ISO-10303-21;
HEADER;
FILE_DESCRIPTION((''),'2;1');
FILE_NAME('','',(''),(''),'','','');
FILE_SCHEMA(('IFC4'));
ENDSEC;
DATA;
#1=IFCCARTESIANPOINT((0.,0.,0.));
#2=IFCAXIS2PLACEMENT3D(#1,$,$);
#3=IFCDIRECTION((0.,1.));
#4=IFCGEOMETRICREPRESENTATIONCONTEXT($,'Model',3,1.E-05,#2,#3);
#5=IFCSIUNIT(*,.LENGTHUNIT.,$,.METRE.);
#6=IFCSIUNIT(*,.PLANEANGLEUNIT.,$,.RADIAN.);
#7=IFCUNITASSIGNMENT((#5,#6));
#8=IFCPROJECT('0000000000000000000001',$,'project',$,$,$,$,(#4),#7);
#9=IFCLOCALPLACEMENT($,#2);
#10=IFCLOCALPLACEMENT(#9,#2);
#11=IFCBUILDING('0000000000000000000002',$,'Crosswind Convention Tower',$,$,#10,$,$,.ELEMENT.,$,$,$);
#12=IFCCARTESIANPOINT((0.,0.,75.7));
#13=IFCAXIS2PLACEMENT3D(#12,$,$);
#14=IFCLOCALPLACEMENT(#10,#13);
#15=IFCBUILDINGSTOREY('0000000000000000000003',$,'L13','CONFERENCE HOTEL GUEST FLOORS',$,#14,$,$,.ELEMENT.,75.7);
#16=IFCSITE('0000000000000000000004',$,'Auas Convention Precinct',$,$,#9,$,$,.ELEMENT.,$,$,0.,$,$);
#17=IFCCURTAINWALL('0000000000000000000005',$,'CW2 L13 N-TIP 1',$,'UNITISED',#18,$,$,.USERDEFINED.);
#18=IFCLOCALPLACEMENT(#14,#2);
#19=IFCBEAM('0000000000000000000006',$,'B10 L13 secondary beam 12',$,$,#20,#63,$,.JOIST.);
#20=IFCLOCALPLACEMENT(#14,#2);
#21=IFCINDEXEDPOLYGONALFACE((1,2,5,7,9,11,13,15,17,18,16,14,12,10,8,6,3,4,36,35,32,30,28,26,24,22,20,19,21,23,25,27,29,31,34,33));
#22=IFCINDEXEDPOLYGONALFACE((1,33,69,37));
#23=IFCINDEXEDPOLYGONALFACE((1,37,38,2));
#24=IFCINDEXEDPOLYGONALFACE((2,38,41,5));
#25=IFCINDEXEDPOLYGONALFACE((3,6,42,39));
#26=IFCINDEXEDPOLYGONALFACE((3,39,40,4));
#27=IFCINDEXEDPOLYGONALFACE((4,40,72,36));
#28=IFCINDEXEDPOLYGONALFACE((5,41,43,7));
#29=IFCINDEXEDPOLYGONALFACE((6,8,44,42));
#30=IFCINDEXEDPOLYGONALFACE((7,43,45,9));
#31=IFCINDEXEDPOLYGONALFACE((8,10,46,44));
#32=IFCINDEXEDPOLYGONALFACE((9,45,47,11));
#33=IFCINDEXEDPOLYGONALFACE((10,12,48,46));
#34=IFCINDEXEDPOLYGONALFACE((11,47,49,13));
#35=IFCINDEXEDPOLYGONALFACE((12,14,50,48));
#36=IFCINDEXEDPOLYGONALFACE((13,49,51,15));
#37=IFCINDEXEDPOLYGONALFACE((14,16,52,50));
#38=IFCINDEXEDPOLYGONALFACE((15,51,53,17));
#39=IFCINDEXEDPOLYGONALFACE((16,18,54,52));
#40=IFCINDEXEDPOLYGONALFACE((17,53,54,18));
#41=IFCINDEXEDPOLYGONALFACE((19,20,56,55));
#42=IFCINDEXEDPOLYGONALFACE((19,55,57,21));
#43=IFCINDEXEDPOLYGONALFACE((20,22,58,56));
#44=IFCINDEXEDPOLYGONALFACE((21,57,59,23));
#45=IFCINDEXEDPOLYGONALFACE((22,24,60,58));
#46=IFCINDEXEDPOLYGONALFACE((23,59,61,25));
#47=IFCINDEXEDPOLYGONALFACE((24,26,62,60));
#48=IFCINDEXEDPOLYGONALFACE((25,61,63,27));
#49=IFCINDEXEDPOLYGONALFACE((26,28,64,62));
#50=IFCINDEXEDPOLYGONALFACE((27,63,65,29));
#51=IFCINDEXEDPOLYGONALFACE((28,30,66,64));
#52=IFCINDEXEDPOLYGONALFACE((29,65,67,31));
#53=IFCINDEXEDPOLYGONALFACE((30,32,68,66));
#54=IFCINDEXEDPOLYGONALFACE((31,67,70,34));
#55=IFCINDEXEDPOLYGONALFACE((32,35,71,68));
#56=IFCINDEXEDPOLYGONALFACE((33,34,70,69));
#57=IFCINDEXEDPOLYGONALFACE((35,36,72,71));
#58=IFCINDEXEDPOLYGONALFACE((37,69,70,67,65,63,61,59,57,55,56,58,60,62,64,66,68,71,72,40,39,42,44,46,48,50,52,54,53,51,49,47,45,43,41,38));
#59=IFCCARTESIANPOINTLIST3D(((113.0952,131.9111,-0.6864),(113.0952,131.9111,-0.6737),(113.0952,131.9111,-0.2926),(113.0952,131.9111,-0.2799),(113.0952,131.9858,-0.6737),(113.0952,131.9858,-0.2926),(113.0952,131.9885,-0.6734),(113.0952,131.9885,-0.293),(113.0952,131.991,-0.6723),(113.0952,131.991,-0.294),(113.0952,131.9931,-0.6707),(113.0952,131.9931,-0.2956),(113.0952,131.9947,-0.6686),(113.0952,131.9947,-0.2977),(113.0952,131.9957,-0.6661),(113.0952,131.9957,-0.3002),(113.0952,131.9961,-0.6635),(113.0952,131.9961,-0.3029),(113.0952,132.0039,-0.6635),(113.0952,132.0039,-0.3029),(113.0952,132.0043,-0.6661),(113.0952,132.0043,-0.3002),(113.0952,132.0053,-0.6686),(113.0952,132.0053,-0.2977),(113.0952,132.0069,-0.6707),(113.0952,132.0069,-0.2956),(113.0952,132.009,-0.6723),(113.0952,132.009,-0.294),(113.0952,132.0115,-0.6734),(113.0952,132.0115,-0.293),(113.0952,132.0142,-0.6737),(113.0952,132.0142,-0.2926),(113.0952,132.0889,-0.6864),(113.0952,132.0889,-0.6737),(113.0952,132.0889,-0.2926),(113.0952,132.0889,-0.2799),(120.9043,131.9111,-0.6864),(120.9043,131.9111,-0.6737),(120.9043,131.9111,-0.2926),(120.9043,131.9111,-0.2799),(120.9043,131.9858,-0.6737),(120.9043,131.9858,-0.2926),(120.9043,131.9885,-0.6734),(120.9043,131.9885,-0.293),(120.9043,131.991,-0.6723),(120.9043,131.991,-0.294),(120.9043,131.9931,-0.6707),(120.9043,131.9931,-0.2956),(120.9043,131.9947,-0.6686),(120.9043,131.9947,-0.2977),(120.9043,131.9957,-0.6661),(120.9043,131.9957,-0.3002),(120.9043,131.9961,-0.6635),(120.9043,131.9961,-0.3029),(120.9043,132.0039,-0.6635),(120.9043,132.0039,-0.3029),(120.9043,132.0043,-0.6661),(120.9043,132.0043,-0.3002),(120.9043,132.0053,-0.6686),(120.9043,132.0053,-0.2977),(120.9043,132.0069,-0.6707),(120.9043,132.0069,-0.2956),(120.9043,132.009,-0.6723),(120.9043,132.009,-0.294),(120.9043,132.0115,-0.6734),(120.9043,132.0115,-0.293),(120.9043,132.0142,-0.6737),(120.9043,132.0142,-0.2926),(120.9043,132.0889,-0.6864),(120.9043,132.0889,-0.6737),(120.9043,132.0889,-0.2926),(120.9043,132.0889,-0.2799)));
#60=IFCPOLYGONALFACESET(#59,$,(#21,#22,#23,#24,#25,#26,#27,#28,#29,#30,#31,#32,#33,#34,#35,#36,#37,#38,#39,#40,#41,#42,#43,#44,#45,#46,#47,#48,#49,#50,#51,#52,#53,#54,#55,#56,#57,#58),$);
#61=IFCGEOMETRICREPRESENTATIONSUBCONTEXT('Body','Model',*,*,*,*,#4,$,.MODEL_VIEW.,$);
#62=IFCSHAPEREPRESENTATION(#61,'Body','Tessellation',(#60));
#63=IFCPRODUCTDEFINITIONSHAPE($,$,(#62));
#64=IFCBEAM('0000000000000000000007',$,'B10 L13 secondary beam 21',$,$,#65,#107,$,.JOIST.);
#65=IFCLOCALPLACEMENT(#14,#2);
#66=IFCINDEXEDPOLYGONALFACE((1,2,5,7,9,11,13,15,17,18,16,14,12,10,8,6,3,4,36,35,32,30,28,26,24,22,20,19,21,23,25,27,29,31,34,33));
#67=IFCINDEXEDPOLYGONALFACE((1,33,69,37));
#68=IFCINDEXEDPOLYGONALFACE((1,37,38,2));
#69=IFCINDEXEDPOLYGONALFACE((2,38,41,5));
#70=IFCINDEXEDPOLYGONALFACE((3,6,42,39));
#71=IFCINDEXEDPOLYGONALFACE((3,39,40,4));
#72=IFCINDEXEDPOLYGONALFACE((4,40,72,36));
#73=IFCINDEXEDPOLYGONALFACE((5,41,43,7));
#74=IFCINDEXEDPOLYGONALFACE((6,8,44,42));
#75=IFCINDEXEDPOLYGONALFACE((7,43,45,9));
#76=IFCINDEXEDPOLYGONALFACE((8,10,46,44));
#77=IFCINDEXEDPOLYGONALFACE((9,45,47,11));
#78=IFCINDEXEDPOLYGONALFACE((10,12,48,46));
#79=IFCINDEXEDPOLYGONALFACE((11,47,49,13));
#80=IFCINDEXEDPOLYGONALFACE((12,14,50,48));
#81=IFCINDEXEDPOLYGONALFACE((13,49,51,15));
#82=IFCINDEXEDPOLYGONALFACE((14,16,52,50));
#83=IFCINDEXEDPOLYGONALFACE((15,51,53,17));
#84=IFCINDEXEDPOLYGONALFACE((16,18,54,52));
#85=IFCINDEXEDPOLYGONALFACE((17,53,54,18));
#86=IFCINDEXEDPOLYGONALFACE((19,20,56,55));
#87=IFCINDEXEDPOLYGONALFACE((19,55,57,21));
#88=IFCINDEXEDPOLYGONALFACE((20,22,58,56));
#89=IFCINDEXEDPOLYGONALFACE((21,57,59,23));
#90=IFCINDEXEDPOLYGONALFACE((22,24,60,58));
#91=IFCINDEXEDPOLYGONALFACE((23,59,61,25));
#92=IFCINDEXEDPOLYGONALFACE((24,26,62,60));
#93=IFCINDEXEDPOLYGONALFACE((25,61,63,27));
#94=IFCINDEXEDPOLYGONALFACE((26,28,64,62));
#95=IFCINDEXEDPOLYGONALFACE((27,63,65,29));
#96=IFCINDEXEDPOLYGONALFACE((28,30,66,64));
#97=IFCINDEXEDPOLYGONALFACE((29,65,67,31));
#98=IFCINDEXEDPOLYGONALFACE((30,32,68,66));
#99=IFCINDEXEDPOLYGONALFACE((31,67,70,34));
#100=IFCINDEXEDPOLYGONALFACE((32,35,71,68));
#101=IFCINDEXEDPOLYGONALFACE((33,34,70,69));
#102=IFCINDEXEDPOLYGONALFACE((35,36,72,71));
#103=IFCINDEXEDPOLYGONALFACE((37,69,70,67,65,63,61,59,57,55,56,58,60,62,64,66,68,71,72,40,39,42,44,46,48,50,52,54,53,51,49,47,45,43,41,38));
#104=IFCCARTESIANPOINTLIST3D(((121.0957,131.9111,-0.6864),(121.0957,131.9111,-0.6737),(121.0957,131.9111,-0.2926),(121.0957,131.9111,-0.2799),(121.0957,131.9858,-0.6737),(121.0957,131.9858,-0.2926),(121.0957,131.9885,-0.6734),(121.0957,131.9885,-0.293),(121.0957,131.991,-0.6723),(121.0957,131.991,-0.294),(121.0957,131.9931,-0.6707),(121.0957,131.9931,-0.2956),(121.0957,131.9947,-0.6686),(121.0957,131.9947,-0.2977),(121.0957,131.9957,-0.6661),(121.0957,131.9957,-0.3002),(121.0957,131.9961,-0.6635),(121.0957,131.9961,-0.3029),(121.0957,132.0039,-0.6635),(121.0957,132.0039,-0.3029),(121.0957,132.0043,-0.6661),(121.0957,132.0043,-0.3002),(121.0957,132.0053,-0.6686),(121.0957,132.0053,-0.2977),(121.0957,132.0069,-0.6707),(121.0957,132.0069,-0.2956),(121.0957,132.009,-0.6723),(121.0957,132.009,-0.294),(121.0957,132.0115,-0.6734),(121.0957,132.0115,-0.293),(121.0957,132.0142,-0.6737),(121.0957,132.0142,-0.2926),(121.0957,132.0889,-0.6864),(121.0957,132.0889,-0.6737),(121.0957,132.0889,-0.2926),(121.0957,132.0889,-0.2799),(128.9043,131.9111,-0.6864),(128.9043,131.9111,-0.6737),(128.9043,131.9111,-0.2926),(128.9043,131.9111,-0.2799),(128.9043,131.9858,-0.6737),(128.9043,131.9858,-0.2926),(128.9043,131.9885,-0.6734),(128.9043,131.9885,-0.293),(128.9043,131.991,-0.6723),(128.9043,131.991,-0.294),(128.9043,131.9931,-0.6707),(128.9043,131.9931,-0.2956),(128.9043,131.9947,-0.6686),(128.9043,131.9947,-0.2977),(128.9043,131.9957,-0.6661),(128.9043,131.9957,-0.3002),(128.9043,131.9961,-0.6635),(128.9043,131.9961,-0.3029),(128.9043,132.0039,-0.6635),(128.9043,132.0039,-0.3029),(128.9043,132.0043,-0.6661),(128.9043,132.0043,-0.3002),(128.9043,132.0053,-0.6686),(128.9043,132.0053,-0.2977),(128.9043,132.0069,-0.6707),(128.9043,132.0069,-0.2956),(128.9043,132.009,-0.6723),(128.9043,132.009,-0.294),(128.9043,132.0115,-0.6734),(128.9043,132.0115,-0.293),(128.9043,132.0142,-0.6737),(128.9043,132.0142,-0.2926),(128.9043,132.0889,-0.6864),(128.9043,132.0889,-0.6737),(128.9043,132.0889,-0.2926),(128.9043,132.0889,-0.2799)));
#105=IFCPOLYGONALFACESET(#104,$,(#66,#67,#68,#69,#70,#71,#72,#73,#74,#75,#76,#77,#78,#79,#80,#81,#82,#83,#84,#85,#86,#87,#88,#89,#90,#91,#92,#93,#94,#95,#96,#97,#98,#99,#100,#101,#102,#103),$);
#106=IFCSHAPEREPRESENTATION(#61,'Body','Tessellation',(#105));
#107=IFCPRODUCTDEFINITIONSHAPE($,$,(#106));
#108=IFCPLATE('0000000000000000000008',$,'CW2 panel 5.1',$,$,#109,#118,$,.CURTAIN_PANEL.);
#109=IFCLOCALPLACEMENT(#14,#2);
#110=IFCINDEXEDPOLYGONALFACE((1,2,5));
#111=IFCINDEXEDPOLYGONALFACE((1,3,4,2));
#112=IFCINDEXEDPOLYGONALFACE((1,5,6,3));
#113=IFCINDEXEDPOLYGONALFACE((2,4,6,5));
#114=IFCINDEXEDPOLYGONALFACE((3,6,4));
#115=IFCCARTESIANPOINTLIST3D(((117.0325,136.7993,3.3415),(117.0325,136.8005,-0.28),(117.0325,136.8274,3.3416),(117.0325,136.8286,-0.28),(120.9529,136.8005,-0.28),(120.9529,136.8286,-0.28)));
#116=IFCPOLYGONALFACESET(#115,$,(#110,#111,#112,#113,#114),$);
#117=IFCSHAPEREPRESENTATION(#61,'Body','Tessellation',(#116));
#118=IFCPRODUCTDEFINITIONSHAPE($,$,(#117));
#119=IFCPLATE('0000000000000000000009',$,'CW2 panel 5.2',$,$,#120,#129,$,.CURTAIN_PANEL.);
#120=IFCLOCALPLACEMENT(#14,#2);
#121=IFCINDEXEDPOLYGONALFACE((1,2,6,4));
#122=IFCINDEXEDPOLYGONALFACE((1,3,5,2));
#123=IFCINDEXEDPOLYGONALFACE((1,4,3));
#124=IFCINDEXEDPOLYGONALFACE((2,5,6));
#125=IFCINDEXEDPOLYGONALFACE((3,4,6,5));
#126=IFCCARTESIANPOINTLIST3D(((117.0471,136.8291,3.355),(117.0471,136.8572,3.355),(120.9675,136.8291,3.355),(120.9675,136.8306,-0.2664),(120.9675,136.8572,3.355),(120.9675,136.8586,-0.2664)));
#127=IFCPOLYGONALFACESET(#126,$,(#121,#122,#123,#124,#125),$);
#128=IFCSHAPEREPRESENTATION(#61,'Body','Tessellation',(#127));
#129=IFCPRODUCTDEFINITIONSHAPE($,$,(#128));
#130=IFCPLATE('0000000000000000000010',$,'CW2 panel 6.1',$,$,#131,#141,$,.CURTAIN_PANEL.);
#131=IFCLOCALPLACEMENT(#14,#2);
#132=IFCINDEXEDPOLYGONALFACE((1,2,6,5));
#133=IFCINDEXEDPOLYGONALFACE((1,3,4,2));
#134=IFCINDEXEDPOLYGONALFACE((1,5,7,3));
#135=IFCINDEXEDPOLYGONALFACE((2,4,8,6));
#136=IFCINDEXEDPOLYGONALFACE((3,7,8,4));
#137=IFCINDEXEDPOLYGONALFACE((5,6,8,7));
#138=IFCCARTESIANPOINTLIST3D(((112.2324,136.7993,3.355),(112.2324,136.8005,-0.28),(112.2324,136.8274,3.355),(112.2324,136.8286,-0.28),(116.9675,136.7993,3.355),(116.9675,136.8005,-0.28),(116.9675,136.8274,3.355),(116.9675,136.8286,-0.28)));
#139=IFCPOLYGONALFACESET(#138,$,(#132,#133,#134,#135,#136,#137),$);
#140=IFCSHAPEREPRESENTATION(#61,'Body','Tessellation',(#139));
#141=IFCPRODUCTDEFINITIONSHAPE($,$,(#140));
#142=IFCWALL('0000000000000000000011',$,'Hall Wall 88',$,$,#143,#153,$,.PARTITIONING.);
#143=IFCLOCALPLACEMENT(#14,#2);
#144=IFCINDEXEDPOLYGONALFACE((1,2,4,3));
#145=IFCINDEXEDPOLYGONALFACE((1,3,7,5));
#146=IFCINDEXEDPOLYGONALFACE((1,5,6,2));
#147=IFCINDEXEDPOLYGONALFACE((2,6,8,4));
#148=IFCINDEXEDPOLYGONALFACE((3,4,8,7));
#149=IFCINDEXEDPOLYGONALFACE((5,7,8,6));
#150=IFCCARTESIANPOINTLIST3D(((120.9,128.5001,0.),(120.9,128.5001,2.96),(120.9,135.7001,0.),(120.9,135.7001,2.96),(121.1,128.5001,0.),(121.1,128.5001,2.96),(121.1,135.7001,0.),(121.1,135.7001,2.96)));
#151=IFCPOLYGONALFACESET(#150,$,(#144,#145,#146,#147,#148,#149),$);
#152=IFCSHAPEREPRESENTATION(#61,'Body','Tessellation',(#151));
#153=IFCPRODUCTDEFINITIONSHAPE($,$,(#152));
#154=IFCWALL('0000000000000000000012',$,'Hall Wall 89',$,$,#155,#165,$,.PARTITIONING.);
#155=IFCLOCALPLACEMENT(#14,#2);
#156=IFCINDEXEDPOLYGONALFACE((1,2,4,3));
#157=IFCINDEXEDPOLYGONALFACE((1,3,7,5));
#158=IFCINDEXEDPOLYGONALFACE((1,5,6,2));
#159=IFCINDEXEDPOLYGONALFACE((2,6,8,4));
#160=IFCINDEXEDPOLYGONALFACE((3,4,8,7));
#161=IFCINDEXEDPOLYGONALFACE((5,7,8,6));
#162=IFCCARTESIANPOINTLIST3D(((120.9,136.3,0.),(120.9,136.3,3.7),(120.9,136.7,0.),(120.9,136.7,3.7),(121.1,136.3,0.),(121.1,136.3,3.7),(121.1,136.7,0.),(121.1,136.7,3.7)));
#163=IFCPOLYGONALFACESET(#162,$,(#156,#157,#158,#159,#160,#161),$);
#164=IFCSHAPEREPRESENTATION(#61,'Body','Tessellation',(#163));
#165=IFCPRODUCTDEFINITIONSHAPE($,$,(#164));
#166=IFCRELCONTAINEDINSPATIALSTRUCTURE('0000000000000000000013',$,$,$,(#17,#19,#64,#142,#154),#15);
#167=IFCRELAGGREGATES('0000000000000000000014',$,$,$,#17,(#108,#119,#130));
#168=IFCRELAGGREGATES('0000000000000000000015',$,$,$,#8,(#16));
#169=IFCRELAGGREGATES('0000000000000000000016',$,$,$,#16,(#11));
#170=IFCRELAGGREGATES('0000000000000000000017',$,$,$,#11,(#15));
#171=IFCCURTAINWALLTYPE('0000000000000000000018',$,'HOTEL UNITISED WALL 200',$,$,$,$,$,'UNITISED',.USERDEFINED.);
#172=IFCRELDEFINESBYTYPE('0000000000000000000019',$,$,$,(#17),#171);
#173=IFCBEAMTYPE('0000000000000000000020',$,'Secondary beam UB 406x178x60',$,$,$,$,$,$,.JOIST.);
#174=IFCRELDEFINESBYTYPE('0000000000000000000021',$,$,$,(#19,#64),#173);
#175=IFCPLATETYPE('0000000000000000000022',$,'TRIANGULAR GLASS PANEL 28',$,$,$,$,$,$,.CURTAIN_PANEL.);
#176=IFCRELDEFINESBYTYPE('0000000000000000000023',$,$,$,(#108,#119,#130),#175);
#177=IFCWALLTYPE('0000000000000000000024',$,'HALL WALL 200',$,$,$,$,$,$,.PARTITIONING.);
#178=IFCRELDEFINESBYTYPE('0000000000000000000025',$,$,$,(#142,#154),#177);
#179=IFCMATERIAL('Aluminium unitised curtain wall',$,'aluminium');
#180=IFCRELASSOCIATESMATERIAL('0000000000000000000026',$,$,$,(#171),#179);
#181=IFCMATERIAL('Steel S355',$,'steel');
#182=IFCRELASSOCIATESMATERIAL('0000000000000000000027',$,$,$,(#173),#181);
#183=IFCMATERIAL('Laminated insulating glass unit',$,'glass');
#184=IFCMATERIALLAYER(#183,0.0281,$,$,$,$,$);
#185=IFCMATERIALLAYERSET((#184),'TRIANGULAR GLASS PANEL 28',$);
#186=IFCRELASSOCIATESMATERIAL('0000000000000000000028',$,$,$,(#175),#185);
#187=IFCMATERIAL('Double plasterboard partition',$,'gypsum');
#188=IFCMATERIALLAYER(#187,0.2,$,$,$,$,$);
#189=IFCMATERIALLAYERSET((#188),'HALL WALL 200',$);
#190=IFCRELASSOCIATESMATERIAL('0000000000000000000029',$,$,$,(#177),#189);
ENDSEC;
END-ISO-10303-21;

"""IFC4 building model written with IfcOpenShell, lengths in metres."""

from ifc_helpers import new_model, si_unit, direction, frame, frame_2d, origin, origin_2d, place, context, subcontext, project, spatial, polyline, rectangle, i_section, outline, extrude, material, layer, layer_set, material_profile, profile_set, type_object, element, aggregate, save


model = new_model("IFC4")

# Units and contexts
model_context = context("Model", 3, precision=1e-05, world=origin(), true_north=direction((0.0, 1.0)))
body_context = subcontext(model_context, "Body", "Model", "MODEL_VIEW")
ifc_project = project(units=[si_unit("LENGTHUNIT", "METRE"), si_unit("PLANEANGLEUNIT", "RADIAN")], contexts=[model_context])

# Site, building, storey
site_placement = place(None, origin())
site = spatial("IfcSite", under=ifc_project, at=site_placement, Name="Auas Convention Precinct", CompositionType="ELEMENT", RefElevation=0.0)
building_placement = place(site_placement, origin())
building = spatial("IfcBuilding", under=site, at=building_placement, Name="Crosswind Convention Tower", CompositionType="ELEMENT")
storey_placement = place(building_placement, frame((0.0, 0.0, 75.7)))
storey = spatial("IfcBuildingStorey", under=building, at=storey_placement, Name="L13", Description="CONFERENCE HOTEL GUEST FLOORS", CompositionType="ELEMENT", Elevation=75.7)

# Shared definitions
ifc_material_1 = material(Name="Steel S355", Category="steel")

# Curtain wall
ifc_material_2 = material(Name="Aluminium unitised curtain wall", Category="aluminium")
curtain_wall_type = type_object("IfcCurtainWallType", Name="HOTEL UNITISED WALL 200", ElementType="UNITISED", PredefinedType="USERDEFINED", material=ifc_material_2)
curtain_wall_placement = place(storey_placement, origin())
curtain_wall = element("IfcCurtainWall", 1, at=curtain_wall_placement, inside=storey, type_object=curtain_wall_type, Name="CW2 L13 N-TIP 1", ObjectType="UNITISED", PredefinedType="USERDEFINED")

# Beams
ifc_material_profile_1 = material_profile(ifc_material_1, i_section(OverallWidth=0.1777, OverallDepth=0.4065, WebThickness=0.0078, FlangeThickness=0.0127, FilletRadius=0.0103, at=origin_2d()), Name="UB 406x178x60")
ifc_profile_set_1 = profile_set([ifc_material_profile_1], Name="Steel S355")
beam_type_1 = type_object("IfcBeamType", Name="Secondary beam UB 406x178x60", PredefinedType="JOIST", material=ifc_profile_set_1)
beam_1_placement = place(storey_placement, frame((113.0952, 132.0, -0.4832), z_axis=(1.0, 0.0, 0.0), x_axis=(0.0, 1.0, 0.0)))
element("IfcBeam", 2, at=beam_1_placement, inside=storey, type_object=beam_type_1, Name="B10 L13 secondary beam 12", PredefinedType="JOIST", context=body_context, shape_type="SweptSolid", body=[
    extrude(i_section(OverallWidth=0.1777, OverallDepth=0.4065, WebThickness=0.0078, FlangeThickness=0.0127, FilletRadius=0.0103, at=origin_2d()), origin(), (0.0, 0.0, 1.0), 7.8091),
])
beam_2_placement = place(storey_placement, frame((121.0957, 132.0, -0.4832), z_axis=(1.0, 0.0, 0.0), x_axis=(0.0, 1.0, 0.0)))
element("IfcBeam", 3, at=beam_2_placement, inside=storey, type_object=beam_type_1, Name="B10 L13 secondary beam 21", PredefinedType="JOIST", context=body_context, shape_type="SweptSolid", body=[
    extrude(i_section(OverallWidth=0.1777, OverallDepth=0.4065, WebThickness=0.0078, FlangeThickness=0.0127, FilletRadius=0.0103, at=origin_2d()), origin(), (0.0, 0.0, 1.0), 7.8086),
])

# Plates
ifc_material_3 = material(Name="Laminated insulating glass unit", Category="glass")
ifc_layer_1 = layer(ifc_material_3, 0.0281)
ifc_layer_set_1 = layer_set([ifc_layer_1], Name="TRIANGULAR GLASS PANEL 28")
plate_type = type_object("IfcPlateType", Name="TRIANGULAR GLASS PANEL 28", PredefinedType="CURTAIN_PANEL", material=ifc_layer_set_1)
plate_1_placement = place(storey_placement, frame((117.0325, 136.8286, -0.28), z_axis=(0.0, 1.0, 0.000337), x_axis=(0.0, -0.000337, 1.0)))
plate_1 = element("IfcPlate", 4, at=plate_1_placement, type_object=plate_type, Name="CW2 panel 5.1", PredefinedType="CURTAIN_PANEL", context=body_context, shape_type="SweptSolid", body=[
    extrude(outline(polyline([(0.0, 0.0), (3.6216, 0.0), (0.0, 3.9204), (0.0, 0.0)])), origin(), (0.0, 0.0, -1.0), 0.0281),
])
plate_2_placement = place(storey_placement, frame((120.9675, 136.8572, 3.355), z_axis=(0.0, 1.0, 0.000405), x_axis=(0.0, 0.000405, -1.0)))
plate_2 = element("IfcPlate", 5, at=plate_2_placement, type_object=plate_type, Name="CW2 panel 5.2", PredefinedType="CURTAIN_PANEL", context=body_context, shape_type="SweptSolid", body=[
    extrude(outline(polyline([(0.0, 0.0), (3.6213, 0.0), (0.0, 3.9204), (0.0, 0.0)])), origin(), (0.0, 0.0, -1.0), 0.0281),
])
plate_3_placement = place(storey_placement, frame((116.9675, 136.8286, -0.28), z_axis=(0.0, 1.0, 0.000336), x_axis=(-1.0, 0.0, 0.0)))
plate_3 = element("IfcPlate", 6, at=plate_3_placement, type_object=plate_type, Name="CW2 panel 6.1", PredefinedType="CURTAIN_PANEL", context=body_context, shape_type="SweptSolid", body=[
    extrude(outline(polyline([(0.0, 0.0), (4.7351, 0.0), (4.7351, 3.635), (0.0, 3.635), (0.0, 0.0)])), origin(), (0.0, 0.0, -1.0), 0.0281),
])
aggregate(curtain_wall, [plate_1, plate_2, plate_3])

# Walls
ifc_material_4 = material(Name="Double plasterboard partition", Category="gypsum")
ifc_layer_2 = layer(ifc_material_4, 0.2)
ifc_layer_set_2 = layer_set([ifc_layer_2], Name="HALL WALL 200")
wall_type_1 = type_object("IfcWallType", Name="HALL WALL 200", PredefinedType="PARTITIONING", material=ifc_layer_set_2)
wall_1_placement = place(storey_placement, frame((121.0, 128.5, 0.0), z_axis=(0.0, 0.0, 1.0), x_axis=(0.0, 1.0, 0.0)))
element("IfcWall", 7, at=wall_1_placement, inside=storey, type_object=wall_type_1, Name="Hall Wall 88", PredefinedType="PARTITIONING", context=body_context, shape_type="SweptSolid", body=[
    extrude(rectangle(XDim=7.2, YDim=0.2, at=frame_2d((3.6001, 0.0))), origin(), (0.0, 0.0, 1.0), 2.96),
])
wall_2_placement = place(storey_placement, frame((121.0, 136.3, 0.0), z_axis=(0.0, 0.0, 1.0), x_axis=(0.0, 1.0, 0.0)))
element("IfcWall", 8, at=wall_2_placement, inside=storey, type_object=wall_type_1, Name="Hall Wall 89", PredefinedType="PARTITIONING", context=body_context, shape_type="SweptSolid", body=[
    extrude(rectangle(XDim=0.3999, YDim=0.2, at=frame_2d((0.2, 0.0))), origin(), (0.0, 0.0, 1.0), 3.7),
])

save(model, "model.ifc")
